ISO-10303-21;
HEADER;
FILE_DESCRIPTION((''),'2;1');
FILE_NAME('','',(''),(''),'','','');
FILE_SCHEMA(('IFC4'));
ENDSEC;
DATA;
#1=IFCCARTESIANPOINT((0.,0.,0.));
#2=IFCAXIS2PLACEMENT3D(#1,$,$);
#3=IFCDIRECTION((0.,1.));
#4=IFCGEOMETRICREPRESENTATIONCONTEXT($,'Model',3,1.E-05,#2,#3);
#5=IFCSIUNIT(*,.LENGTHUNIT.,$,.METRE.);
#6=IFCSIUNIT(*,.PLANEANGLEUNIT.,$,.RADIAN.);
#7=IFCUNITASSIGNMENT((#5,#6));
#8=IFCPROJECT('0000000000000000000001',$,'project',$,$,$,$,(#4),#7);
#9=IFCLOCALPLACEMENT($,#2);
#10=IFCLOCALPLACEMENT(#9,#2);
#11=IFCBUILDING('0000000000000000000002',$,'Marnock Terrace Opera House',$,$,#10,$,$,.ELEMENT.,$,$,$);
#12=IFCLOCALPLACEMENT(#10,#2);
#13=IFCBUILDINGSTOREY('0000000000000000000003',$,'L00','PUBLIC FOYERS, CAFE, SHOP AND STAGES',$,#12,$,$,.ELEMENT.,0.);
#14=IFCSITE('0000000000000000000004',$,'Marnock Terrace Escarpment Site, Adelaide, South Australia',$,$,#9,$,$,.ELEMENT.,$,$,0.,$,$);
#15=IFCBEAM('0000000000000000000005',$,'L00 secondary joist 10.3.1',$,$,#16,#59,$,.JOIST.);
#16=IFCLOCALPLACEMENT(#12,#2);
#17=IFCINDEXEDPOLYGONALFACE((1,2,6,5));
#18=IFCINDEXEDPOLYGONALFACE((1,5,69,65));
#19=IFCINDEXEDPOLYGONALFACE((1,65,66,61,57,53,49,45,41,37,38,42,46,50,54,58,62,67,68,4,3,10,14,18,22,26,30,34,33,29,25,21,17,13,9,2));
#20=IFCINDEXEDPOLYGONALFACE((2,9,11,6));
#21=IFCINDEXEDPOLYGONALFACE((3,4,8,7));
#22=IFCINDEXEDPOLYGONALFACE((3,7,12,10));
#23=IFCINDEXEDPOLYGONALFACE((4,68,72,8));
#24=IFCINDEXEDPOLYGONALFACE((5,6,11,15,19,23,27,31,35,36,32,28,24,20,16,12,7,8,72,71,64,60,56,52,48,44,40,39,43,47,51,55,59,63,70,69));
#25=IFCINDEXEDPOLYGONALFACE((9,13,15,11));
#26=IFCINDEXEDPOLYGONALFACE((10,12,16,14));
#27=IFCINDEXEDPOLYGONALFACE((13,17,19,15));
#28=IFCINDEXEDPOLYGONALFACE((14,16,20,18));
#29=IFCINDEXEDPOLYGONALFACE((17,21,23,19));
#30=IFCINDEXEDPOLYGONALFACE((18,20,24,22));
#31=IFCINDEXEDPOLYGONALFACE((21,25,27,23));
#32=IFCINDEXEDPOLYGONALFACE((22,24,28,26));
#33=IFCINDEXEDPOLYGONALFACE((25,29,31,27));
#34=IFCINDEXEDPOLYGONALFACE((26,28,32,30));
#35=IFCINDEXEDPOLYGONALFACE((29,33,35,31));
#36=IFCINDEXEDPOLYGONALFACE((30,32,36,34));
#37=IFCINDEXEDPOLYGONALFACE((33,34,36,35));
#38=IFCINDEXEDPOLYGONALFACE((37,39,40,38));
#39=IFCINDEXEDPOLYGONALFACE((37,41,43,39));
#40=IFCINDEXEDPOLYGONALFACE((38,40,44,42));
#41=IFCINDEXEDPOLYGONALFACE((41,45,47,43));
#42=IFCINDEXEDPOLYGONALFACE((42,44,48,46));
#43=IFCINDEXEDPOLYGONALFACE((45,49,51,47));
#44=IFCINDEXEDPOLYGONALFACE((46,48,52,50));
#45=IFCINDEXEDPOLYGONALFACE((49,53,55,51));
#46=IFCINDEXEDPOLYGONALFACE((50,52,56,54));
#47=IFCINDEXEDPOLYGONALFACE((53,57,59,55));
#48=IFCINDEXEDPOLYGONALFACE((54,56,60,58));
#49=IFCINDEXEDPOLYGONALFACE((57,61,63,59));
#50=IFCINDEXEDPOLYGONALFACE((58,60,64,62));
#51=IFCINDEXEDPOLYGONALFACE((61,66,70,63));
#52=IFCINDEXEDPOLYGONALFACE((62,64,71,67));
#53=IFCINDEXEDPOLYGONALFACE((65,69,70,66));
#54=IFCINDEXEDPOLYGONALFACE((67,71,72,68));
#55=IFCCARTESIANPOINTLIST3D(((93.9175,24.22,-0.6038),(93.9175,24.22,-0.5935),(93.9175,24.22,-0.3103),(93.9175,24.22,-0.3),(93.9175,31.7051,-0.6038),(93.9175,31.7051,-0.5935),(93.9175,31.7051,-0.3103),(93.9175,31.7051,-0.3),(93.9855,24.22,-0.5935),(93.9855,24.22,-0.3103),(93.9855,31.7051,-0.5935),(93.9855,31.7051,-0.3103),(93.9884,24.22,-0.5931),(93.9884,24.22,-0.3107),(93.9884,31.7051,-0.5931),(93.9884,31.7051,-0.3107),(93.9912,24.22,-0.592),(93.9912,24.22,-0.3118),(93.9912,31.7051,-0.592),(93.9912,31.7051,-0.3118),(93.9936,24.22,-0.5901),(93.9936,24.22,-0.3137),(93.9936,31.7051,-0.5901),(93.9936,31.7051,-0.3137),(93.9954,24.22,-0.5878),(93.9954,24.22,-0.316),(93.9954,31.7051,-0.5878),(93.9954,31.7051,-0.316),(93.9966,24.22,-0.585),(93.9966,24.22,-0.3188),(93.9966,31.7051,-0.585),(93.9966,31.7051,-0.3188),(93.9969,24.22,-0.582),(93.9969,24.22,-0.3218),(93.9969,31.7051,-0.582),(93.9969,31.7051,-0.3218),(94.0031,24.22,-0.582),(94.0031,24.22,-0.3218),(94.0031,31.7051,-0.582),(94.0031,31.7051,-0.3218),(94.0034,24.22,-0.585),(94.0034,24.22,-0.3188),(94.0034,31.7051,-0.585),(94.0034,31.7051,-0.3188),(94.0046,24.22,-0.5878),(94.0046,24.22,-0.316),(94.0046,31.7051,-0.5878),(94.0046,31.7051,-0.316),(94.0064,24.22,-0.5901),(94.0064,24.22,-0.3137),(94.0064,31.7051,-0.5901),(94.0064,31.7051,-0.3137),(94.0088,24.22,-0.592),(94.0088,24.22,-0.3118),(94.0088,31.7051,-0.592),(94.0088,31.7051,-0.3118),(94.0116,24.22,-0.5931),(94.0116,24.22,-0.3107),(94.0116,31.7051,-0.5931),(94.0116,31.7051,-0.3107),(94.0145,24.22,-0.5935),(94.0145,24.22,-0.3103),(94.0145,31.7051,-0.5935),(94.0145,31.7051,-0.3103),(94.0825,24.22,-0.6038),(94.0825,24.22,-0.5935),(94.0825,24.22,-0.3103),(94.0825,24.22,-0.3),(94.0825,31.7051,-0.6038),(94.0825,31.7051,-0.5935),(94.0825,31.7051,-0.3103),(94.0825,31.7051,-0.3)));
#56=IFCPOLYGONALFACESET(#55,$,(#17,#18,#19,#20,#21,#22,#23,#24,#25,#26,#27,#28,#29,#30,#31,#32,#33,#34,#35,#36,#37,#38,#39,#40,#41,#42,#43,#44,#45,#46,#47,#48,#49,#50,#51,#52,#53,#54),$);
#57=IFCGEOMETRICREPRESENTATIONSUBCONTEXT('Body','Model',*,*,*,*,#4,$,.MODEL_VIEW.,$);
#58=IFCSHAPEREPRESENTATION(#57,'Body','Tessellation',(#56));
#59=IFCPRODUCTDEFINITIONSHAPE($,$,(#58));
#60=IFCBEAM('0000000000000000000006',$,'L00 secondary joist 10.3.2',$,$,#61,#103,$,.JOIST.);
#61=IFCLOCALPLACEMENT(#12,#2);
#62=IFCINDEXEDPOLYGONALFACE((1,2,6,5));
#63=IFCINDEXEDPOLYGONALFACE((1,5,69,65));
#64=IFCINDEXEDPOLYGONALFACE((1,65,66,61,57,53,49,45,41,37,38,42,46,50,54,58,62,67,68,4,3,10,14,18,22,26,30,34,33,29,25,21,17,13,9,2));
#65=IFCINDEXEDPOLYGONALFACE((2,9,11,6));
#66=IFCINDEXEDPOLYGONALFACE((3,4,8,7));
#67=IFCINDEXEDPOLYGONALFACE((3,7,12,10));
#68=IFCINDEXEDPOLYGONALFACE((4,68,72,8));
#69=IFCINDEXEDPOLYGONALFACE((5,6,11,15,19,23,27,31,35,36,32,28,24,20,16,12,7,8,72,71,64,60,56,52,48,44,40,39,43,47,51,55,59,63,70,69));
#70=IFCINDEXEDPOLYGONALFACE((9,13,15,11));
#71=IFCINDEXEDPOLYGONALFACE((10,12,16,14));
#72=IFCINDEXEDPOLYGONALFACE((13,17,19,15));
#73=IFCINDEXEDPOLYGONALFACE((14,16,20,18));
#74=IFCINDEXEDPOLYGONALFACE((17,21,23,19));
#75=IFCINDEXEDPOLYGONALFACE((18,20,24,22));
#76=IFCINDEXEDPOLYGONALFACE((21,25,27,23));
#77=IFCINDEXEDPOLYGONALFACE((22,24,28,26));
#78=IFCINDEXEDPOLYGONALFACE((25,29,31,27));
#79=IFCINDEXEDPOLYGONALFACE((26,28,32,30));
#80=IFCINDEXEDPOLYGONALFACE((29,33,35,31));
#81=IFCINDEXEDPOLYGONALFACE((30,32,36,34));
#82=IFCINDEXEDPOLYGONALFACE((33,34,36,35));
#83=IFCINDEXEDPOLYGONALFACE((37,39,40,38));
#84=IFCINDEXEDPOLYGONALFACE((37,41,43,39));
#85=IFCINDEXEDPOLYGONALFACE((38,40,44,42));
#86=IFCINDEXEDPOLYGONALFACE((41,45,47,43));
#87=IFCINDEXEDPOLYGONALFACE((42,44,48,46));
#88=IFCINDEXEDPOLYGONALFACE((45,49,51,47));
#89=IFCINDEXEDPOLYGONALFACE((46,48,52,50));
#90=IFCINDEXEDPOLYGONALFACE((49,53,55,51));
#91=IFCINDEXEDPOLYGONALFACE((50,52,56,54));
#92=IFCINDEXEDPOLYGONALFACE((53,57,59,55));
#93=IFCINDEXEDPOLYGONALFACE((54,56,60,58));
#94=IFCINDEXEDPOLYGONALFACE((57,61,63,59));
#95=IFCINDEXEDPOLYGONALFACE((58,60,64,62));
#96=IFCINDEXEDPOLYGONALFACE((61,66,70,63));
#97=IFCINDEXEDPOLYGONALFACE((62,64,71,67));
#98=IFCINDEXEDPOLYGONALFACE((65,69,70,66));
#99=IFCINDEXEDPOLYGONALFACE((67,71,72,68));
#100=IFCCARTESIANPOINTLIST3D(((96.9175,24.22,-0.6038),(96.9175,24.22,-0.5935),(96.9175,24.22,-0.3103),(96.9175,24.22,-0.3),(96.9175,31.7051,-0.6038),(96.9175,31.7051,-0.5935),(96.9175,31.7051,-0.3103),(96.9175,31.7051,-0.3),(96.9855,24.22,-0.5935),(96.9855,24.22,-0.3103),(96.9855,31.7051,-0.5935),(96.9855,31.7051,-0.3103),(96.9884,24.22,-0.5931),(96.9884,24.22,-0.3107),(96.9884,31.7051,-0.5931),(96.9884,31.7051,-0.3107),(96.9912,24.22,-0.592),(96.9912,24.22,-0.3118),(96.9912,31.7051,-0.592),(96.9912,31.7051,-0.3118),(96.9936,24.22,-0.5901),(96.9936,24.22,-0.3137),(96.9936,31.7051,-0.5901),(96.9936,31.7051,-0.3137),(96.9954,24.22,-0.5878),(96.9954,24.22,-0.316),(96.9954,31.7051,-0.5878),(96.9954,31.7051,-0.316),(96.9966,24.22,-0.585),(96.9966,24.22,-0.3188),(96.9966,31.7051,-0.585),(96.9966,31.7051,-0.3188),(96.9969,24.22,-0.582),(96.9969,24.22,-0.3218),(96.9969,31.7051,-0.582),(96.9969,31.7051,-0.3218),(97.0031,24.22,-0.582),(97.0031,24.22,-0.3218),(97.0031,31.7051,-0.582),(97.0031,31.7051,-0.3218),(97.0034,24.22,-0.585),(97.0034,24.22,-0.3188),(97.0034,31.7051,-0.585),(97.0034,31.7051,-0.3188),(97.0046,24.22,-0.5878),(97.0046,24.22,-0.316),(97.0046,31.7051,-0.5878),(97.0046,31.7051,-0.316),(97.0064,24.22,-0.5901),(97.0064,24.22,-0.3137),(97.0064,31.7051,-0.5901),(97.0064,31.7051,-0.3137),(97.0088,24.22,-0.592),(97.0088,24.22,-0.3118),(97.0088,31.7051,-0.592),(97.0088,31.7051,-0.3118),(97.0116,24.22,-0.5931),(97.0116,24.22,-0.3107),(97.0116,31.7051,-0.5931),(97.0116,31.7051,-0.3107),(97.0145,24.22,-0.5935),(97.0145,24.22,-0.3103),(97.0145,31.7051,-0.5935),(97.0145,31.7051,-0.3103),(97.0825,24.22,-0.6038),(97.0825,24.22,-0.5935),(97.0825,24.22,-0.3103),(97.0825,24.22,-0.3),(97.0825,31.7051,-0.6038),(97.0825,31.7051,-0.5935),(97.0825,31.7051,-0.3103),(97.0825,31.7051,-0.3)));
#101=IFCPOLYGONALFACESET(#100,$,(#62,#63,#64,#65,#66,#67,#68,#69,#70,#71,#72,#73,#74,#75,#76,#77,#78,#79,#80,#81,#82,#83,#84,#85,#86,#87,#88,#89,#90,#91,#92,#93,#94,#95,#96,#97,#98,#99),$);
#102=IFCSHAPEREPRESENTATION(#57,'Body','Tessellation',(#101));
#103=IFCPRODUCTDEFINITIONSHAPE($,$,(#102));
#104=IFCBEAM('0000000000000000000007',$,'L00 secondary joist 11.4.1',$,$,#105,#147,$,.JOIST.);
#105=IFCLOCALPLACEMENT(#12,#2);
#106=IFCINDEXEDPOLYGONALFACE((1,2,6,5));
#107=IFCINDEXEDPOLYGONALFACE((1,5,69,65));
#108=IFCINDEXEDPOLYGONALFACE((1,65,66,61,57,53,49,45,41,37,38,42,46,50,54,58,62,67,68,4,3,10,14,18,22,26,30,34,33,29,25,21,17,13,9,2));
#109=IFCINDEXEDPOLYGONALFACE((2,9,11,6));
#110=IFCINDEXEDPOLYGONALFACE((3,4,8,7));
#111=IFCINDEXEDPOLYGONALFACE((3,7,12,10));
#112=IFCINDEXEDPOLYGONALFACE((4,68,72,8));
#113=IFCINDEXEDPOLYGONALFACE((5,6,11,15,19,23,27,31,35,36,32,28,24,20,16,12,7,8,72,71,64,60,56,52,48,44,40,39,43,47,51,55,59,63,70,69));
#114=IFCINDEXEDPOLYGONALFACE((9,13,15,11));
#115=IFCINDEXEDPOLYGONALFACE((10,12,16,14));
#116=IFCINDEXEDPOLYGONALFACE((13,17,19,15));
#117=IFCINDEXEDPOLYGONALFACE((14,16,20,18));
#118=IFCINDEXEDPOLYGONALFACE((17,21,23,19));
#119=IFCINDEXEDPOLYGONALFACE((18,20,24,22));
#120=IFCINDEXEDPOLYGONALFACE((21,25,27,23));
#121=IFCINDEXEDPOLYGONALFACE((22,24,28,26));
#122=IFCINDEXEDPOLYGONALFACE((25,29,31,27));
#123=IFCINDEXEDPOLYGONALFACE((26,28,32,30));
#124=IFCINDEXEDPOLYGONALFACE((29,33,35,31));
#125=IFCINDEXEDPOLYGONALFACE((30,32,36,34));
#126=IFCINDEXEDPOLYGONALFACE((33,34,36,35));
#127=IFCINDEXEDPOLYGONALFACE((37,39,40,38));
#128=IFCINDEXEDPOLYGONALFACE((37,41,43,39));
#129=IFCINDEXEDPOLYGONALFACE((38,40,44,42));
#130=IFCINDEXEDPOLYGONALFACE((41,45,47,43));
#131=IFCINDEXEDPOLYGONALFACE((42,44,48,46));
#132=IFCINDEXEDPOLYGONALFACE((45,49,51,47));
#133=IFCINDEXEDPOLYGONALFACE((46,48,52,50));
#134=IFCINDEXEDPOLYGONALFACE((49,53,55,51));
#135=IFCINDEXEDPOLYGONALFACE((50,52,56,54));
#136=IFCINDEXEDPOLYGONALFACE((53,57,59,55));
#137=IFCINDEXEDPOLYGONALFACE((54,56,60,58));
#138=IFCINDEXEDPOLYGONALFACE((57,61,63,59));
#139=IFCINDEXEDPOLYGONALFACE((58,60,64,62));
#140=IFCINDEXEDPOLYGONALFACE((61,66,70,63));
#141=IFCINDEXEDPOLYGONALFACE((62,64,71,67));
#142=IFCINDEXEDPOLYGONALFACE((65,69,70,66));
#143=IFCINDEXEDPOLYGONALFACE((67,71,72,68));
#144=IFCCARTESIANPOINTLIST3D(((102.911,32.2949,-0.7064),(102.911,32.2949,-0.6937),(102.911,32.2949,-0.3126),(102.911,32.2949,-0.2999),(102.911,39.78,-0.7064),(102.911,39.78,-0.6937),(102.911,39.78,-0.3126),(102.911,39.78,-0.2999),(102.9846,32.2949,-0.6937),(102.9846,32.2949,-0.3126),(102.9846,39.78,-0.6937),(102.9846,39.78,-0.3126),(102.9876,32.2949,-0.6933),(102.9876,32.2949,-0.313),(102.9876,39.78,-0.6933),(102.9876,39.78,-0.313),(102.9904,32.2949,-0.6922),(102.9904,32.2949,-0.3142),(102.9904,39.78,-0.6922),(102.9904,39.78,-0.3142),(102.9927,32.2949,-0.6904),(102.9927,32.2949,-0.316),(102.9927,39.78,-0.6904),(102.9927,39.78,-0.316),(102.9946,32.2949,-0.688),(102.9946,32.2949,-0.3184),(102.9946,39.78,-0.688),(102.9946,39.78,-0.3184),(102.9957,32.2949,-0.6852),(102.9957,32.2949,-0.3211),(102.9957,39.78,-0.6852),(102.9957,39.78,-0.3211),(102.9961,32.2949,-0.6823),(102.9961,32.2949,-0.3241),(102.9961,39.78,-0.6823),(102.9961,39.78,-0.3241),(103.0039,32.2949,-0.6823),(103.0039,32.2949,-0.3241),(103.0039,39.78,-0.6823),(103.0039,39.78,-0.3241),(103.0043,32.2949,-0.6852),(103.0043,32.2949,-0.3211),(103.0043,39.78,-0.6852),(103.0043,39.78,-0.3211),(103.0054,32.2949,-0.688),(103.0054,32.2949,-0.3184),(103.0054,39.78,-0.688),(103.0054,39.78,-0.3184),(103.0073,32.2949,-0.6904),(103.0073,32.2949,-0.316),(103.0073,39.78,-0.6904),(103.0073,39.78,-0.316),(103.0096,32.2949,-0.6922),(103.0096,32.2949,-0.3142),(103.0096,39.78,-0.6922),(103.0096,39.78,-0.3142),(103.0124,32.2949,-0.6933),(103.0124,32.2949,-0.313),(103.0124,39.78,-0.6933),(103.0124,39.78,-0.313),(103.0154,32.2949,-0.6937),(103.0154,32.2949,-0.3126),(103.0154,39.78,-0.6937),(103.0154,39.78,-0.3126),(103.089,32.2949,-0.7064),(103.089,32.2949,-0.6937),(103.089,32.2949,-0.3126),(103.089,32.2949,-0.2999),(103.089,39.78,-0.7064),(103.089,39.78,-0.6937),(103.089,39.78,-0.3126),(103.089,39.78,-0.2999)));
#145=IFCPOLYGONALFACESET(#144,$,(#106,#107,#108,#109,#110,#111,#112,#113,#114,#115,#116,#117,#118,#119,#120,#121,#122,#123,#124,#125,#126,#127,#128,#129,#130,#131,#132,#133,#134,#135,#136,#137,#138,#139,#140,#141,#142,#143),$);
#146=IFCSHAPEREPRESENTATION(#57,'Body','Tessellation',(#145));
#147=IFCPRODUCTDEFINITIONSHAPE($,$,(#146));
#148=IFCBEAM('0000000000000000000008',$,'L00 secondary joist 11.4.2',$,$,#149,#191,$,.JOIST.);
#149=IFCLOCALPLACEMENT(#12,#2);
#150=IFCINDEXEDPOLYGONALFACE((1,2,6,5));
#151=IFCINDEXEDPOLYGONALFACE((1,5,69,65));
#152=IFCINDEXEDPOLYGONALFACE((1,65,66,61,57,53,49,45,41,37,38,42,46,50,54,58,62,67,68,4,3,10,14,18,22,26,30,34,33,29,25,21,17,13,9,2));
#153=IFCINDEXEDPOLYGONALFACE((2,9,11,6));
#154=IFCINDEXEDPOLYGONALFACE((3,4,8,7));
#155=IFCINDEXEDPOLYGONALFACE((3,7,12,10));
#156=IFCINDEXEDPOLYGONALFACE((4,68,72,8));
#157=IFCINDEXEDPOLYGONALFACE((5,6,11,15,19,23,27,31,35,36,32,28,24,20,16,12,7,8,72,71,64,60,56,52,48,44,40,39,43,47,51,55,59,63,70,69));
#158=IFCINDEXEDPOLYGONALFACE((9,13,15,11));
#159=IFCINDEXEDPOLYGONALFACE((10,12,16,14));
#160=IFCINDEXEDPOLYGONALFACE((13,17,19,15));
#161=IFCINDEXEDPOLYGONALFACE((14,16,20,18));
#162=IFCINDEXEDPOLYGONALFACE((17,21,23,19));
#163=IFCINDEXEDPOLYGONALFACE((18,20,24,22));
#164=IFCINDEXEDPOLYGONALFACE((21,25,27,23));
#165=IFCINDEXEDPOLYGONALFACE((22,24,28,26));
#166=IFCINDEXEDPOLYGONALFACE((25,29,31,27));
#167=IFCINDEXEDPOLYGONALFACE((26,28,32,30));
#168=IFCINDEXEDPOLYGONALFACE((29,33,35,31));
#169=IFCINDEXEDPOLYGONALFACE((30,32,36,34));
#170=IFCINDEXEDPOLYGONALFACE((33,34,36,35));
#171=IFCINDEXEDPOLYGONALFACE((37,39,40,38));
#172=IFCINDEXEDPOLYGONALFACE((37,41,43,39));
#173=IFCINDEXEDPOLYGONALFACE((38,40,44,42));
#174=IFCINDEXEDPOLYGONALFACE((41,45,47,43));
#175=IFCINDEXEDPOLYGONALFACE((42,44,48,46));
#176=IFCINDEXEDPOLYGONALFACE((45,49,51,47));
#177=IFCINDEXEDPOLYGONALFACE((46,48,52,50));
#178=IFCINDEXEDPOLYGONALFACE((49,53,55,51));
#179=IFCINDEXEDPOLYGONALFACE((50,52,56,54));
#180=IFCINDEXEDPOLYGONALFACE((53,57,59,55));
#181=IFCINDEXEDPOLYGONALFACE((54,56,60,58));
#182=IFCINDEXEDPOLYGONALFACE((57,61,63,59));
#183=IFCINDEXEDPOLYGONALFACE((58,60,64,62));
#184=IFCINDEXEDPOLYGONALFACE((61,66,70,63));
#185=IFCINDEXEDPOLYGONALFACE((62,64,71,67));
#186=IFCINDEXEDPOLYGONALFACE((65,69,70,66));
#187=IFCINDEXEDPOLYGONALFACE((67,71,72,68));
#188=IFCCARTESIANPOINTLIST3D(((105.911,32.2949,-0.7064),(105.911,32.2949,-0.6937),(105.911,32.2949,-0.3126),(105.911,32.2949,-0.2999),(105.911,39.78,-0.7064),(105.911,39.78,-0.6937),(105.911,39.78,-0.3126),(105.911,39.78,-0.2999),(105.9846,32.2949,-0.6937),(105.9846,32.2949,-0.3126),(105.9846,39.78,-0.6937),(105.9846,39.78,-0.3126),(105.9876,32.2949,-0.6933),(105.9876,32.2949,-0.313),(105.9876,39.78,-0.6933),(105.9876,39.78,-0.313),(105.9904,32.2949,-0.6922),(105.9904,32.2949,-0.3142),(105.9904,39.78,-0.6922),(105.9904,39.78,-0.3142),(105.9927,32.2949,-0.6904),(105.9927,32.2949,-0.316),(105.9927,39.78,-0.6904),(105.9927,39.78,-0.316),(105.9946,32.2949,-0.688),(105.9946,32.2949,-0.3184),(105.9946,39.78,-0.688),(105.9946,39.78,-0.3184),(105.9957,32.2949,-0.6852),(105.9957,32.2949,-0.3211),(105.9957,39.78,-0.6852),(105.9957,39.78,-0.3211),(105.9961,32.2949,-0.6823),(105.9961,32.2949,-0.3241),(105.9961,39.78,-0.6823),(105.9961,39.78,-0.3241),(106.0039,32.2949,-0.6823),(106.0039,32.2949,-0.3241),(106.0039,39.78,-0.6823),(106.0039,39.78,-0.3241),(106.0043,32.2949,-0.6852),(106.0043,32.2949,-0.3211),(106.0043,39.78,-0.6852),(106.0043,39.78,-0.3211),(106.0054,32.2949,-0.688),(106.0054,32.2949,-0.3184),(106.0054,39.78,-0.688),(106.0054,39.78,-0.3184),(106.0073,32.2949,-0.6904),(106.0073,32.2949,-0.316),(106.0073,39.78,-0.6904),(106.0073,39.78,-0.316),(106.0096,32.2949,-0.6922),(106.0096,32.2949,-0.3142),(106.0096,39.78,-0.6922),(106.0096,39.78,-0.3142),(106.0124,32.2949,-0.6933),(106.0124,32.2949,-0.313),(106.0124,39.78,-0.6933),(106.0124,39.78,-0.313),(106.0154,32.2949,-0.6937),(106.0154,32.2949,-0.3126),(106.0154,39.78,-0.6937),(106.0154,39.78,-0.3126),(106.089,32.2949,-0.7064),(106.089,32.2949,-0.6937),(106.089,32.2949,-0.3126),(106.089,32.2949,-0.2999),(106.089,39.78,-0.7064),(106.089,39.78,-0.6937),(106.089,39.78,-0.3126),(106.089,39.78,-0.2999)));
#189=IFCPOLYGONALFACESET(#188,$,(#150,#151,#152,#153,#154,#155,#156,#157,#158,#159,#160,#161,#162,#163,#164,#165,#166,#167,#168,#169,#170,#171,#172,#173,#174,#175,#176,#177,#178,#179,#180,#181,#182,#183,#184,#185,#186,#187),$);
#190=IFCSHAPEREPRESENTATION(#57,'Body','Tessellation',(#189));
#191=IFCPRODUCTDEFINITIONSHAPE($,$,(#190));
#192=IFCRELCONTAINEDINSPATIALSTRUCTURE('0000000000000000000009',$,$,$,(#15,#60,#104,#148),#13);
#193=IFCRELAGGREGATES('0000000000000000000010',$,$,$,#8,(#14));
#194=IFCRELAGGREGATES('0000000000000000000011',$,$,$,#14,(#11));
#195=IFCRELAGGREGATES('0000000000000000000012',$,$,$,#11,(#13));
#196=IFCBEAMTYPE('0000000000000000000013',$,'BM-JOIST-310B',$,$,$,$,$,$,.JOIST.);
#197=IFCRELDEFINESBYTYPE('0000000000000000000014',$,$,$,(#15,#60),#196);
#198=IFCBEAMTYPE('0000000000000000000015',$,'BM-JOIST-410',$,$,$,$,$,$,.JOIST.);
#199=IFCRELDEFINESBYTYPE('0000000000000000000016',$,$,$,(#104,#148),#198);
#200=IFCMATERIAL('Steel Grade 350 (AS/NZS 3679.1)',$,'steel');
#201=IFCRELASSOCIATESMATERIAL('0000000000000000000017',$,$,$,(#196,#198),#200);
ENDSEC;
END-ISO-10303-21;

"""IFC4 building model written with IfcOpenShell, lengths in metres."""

from ifc_helpers import new_model, si_unit, direction, frame, origin, origin_2d, place, context, subcontext, project, spatial, i_section, extrude, material, material_profile, profile_set, type_object, element, save


model = new_model("IFC4")

# Units and contexts
model_context = context("Model", 3, precision=1e-05, world=origin(), true_north=direction((0.0, 1.0)))
body_context = subcontext(model_context, "Body", "Model", "MODEL_VIEW")
ifc_project = project(units=[si_unit("LENGTHUNIT", "METRE"), si_unit("PLANEANGLEUNIT", "RADIAN")], contexts=[model_context])

# Site, building, storey
site_placement = place(None, origin())
site = spatial("IfcSite", under=ifc_project, at=site_placement, Name="Marnock Terrace Escarpment Site, Adelaide, South Australia", CompositionType="ELEMENT", RefElevation=0.0)
building_placement = place(site_placement, origin())
building = spatial("IfcBuilding", under=site, at=building_placement, Name="Marnock Terrace Opera House", CompositionType="ELEMENT")
storey_placement = place(building_placement, origin())
storey = spatial("IfcBuildingStorey", under=building, at=storey_placement, Name="L00", Description="PUBLIC FOYERS, CAFE, SHOP AND STAGES", CompositionType="ELEMENT", Elevation=0.0)

# Beams
ifc_material_1 = material(Name="Steel Grade 350 (AS/NZS 3679.1)", Category="steel")
ifc_material_profile_1 = material_profile(ifc_material_1, i_section(OverallWidth=0.165, OverallDepth=0.3037, WebThickness=0.0061, FlangeThickness=0.0103, FilletRadius=0.0115, at=origin_2d()))
ifc_profile_set_1 = profile_set([ifc_material_profile_1], Name="Steel Grade 350 (AS/NZS 3679.1)")
beam_type_1 = type_object("IfcBeamType", Name="BM-JOIST-310B", PredefinedType="JOIST", material=ifc_profile_set_1)
for number, where, z_axis, x_axis, name in (
    (1, (94.0, 24.22, -0.4519), (0.0, 1.0, 0.0), (-1.0, 0.0, 0.0), "L00 secondary joist 10.3.1"),
    (2, (97.0, 24.22, -0.4519), (0.0, 1.0, 0.0), (-1.0, 0.0, 0.0), "L00 secondary joist 10.3.2"),
):
    element("IfcBeam", number, at=place(storey_placement, frame(where, z_axis=z_axis, x_axis=x_axis)), inside=storey, type_object=beam_type_1, Name=name, PredefinedType="JOIST", context=body_context, shape_type="SweptSolid", body=[
        extrude(i_section(OverallWidth=0.165, OverallDepth=0.3037, WebThickness=0.0061, FlangeThickness=0.0103, FilletRadius=0.0115, at=origin_2d()), origin(), (0.0, 0.0, 1.0), 7.4851),
    ])
ifc_material_profile_2 = material_profile(ifc_material_1, i_section(OverallWidth=0.178, OverallDepth=0.4065, WebThickness=0.0078, FlangeThickness=0.0127, FilletRadius=0.0115, at=origin_2d()))
ifc_profile_set_2 = profile_set([ifc_material_profile_2], Name="Steel Grade 350 (AS/NZS 3679.1)")
beam_type_2 = type_object("IfcBeamType", Name="BM-JOIST-410", PredefinedType="JOIST", material=ifc_profile_set_2)
for number, where, z_axis, x_axis, name in (
    (3, (103.0, 32.2949, -0.5032), (0.0, 1.0, 0.0), (-1.0, 0.0, 0.0), "L00 secondary joist 11.4.1"),
    (4, (106.0, 32.2949, -0.5032), (0.0, 1.0, 0.0), (-1.0, 0.0, 0.0), "L00 secondary joist 11.4.2"),
):
    element("IfcBeam", number, at=place(storey_placement, frame(where, z_axis=z_axis, x_axis=x_axis)), inside=storey, type_object=beam_type_2, Name=name, PredefinedType="JOIST", context=body_context, shape_type="SweptSolid", body=[
        extrude(i_section(OverallWidth=0.178, OverallDepth=0.4065, WebThickness=0.0078, FlangeThickness=0.0127, FilletRadius=0.0115, at=origin_2d()), origin(), (0.0, 0.0, 1.0), 7.4851),
    ])

save(model, "model.ifc")
